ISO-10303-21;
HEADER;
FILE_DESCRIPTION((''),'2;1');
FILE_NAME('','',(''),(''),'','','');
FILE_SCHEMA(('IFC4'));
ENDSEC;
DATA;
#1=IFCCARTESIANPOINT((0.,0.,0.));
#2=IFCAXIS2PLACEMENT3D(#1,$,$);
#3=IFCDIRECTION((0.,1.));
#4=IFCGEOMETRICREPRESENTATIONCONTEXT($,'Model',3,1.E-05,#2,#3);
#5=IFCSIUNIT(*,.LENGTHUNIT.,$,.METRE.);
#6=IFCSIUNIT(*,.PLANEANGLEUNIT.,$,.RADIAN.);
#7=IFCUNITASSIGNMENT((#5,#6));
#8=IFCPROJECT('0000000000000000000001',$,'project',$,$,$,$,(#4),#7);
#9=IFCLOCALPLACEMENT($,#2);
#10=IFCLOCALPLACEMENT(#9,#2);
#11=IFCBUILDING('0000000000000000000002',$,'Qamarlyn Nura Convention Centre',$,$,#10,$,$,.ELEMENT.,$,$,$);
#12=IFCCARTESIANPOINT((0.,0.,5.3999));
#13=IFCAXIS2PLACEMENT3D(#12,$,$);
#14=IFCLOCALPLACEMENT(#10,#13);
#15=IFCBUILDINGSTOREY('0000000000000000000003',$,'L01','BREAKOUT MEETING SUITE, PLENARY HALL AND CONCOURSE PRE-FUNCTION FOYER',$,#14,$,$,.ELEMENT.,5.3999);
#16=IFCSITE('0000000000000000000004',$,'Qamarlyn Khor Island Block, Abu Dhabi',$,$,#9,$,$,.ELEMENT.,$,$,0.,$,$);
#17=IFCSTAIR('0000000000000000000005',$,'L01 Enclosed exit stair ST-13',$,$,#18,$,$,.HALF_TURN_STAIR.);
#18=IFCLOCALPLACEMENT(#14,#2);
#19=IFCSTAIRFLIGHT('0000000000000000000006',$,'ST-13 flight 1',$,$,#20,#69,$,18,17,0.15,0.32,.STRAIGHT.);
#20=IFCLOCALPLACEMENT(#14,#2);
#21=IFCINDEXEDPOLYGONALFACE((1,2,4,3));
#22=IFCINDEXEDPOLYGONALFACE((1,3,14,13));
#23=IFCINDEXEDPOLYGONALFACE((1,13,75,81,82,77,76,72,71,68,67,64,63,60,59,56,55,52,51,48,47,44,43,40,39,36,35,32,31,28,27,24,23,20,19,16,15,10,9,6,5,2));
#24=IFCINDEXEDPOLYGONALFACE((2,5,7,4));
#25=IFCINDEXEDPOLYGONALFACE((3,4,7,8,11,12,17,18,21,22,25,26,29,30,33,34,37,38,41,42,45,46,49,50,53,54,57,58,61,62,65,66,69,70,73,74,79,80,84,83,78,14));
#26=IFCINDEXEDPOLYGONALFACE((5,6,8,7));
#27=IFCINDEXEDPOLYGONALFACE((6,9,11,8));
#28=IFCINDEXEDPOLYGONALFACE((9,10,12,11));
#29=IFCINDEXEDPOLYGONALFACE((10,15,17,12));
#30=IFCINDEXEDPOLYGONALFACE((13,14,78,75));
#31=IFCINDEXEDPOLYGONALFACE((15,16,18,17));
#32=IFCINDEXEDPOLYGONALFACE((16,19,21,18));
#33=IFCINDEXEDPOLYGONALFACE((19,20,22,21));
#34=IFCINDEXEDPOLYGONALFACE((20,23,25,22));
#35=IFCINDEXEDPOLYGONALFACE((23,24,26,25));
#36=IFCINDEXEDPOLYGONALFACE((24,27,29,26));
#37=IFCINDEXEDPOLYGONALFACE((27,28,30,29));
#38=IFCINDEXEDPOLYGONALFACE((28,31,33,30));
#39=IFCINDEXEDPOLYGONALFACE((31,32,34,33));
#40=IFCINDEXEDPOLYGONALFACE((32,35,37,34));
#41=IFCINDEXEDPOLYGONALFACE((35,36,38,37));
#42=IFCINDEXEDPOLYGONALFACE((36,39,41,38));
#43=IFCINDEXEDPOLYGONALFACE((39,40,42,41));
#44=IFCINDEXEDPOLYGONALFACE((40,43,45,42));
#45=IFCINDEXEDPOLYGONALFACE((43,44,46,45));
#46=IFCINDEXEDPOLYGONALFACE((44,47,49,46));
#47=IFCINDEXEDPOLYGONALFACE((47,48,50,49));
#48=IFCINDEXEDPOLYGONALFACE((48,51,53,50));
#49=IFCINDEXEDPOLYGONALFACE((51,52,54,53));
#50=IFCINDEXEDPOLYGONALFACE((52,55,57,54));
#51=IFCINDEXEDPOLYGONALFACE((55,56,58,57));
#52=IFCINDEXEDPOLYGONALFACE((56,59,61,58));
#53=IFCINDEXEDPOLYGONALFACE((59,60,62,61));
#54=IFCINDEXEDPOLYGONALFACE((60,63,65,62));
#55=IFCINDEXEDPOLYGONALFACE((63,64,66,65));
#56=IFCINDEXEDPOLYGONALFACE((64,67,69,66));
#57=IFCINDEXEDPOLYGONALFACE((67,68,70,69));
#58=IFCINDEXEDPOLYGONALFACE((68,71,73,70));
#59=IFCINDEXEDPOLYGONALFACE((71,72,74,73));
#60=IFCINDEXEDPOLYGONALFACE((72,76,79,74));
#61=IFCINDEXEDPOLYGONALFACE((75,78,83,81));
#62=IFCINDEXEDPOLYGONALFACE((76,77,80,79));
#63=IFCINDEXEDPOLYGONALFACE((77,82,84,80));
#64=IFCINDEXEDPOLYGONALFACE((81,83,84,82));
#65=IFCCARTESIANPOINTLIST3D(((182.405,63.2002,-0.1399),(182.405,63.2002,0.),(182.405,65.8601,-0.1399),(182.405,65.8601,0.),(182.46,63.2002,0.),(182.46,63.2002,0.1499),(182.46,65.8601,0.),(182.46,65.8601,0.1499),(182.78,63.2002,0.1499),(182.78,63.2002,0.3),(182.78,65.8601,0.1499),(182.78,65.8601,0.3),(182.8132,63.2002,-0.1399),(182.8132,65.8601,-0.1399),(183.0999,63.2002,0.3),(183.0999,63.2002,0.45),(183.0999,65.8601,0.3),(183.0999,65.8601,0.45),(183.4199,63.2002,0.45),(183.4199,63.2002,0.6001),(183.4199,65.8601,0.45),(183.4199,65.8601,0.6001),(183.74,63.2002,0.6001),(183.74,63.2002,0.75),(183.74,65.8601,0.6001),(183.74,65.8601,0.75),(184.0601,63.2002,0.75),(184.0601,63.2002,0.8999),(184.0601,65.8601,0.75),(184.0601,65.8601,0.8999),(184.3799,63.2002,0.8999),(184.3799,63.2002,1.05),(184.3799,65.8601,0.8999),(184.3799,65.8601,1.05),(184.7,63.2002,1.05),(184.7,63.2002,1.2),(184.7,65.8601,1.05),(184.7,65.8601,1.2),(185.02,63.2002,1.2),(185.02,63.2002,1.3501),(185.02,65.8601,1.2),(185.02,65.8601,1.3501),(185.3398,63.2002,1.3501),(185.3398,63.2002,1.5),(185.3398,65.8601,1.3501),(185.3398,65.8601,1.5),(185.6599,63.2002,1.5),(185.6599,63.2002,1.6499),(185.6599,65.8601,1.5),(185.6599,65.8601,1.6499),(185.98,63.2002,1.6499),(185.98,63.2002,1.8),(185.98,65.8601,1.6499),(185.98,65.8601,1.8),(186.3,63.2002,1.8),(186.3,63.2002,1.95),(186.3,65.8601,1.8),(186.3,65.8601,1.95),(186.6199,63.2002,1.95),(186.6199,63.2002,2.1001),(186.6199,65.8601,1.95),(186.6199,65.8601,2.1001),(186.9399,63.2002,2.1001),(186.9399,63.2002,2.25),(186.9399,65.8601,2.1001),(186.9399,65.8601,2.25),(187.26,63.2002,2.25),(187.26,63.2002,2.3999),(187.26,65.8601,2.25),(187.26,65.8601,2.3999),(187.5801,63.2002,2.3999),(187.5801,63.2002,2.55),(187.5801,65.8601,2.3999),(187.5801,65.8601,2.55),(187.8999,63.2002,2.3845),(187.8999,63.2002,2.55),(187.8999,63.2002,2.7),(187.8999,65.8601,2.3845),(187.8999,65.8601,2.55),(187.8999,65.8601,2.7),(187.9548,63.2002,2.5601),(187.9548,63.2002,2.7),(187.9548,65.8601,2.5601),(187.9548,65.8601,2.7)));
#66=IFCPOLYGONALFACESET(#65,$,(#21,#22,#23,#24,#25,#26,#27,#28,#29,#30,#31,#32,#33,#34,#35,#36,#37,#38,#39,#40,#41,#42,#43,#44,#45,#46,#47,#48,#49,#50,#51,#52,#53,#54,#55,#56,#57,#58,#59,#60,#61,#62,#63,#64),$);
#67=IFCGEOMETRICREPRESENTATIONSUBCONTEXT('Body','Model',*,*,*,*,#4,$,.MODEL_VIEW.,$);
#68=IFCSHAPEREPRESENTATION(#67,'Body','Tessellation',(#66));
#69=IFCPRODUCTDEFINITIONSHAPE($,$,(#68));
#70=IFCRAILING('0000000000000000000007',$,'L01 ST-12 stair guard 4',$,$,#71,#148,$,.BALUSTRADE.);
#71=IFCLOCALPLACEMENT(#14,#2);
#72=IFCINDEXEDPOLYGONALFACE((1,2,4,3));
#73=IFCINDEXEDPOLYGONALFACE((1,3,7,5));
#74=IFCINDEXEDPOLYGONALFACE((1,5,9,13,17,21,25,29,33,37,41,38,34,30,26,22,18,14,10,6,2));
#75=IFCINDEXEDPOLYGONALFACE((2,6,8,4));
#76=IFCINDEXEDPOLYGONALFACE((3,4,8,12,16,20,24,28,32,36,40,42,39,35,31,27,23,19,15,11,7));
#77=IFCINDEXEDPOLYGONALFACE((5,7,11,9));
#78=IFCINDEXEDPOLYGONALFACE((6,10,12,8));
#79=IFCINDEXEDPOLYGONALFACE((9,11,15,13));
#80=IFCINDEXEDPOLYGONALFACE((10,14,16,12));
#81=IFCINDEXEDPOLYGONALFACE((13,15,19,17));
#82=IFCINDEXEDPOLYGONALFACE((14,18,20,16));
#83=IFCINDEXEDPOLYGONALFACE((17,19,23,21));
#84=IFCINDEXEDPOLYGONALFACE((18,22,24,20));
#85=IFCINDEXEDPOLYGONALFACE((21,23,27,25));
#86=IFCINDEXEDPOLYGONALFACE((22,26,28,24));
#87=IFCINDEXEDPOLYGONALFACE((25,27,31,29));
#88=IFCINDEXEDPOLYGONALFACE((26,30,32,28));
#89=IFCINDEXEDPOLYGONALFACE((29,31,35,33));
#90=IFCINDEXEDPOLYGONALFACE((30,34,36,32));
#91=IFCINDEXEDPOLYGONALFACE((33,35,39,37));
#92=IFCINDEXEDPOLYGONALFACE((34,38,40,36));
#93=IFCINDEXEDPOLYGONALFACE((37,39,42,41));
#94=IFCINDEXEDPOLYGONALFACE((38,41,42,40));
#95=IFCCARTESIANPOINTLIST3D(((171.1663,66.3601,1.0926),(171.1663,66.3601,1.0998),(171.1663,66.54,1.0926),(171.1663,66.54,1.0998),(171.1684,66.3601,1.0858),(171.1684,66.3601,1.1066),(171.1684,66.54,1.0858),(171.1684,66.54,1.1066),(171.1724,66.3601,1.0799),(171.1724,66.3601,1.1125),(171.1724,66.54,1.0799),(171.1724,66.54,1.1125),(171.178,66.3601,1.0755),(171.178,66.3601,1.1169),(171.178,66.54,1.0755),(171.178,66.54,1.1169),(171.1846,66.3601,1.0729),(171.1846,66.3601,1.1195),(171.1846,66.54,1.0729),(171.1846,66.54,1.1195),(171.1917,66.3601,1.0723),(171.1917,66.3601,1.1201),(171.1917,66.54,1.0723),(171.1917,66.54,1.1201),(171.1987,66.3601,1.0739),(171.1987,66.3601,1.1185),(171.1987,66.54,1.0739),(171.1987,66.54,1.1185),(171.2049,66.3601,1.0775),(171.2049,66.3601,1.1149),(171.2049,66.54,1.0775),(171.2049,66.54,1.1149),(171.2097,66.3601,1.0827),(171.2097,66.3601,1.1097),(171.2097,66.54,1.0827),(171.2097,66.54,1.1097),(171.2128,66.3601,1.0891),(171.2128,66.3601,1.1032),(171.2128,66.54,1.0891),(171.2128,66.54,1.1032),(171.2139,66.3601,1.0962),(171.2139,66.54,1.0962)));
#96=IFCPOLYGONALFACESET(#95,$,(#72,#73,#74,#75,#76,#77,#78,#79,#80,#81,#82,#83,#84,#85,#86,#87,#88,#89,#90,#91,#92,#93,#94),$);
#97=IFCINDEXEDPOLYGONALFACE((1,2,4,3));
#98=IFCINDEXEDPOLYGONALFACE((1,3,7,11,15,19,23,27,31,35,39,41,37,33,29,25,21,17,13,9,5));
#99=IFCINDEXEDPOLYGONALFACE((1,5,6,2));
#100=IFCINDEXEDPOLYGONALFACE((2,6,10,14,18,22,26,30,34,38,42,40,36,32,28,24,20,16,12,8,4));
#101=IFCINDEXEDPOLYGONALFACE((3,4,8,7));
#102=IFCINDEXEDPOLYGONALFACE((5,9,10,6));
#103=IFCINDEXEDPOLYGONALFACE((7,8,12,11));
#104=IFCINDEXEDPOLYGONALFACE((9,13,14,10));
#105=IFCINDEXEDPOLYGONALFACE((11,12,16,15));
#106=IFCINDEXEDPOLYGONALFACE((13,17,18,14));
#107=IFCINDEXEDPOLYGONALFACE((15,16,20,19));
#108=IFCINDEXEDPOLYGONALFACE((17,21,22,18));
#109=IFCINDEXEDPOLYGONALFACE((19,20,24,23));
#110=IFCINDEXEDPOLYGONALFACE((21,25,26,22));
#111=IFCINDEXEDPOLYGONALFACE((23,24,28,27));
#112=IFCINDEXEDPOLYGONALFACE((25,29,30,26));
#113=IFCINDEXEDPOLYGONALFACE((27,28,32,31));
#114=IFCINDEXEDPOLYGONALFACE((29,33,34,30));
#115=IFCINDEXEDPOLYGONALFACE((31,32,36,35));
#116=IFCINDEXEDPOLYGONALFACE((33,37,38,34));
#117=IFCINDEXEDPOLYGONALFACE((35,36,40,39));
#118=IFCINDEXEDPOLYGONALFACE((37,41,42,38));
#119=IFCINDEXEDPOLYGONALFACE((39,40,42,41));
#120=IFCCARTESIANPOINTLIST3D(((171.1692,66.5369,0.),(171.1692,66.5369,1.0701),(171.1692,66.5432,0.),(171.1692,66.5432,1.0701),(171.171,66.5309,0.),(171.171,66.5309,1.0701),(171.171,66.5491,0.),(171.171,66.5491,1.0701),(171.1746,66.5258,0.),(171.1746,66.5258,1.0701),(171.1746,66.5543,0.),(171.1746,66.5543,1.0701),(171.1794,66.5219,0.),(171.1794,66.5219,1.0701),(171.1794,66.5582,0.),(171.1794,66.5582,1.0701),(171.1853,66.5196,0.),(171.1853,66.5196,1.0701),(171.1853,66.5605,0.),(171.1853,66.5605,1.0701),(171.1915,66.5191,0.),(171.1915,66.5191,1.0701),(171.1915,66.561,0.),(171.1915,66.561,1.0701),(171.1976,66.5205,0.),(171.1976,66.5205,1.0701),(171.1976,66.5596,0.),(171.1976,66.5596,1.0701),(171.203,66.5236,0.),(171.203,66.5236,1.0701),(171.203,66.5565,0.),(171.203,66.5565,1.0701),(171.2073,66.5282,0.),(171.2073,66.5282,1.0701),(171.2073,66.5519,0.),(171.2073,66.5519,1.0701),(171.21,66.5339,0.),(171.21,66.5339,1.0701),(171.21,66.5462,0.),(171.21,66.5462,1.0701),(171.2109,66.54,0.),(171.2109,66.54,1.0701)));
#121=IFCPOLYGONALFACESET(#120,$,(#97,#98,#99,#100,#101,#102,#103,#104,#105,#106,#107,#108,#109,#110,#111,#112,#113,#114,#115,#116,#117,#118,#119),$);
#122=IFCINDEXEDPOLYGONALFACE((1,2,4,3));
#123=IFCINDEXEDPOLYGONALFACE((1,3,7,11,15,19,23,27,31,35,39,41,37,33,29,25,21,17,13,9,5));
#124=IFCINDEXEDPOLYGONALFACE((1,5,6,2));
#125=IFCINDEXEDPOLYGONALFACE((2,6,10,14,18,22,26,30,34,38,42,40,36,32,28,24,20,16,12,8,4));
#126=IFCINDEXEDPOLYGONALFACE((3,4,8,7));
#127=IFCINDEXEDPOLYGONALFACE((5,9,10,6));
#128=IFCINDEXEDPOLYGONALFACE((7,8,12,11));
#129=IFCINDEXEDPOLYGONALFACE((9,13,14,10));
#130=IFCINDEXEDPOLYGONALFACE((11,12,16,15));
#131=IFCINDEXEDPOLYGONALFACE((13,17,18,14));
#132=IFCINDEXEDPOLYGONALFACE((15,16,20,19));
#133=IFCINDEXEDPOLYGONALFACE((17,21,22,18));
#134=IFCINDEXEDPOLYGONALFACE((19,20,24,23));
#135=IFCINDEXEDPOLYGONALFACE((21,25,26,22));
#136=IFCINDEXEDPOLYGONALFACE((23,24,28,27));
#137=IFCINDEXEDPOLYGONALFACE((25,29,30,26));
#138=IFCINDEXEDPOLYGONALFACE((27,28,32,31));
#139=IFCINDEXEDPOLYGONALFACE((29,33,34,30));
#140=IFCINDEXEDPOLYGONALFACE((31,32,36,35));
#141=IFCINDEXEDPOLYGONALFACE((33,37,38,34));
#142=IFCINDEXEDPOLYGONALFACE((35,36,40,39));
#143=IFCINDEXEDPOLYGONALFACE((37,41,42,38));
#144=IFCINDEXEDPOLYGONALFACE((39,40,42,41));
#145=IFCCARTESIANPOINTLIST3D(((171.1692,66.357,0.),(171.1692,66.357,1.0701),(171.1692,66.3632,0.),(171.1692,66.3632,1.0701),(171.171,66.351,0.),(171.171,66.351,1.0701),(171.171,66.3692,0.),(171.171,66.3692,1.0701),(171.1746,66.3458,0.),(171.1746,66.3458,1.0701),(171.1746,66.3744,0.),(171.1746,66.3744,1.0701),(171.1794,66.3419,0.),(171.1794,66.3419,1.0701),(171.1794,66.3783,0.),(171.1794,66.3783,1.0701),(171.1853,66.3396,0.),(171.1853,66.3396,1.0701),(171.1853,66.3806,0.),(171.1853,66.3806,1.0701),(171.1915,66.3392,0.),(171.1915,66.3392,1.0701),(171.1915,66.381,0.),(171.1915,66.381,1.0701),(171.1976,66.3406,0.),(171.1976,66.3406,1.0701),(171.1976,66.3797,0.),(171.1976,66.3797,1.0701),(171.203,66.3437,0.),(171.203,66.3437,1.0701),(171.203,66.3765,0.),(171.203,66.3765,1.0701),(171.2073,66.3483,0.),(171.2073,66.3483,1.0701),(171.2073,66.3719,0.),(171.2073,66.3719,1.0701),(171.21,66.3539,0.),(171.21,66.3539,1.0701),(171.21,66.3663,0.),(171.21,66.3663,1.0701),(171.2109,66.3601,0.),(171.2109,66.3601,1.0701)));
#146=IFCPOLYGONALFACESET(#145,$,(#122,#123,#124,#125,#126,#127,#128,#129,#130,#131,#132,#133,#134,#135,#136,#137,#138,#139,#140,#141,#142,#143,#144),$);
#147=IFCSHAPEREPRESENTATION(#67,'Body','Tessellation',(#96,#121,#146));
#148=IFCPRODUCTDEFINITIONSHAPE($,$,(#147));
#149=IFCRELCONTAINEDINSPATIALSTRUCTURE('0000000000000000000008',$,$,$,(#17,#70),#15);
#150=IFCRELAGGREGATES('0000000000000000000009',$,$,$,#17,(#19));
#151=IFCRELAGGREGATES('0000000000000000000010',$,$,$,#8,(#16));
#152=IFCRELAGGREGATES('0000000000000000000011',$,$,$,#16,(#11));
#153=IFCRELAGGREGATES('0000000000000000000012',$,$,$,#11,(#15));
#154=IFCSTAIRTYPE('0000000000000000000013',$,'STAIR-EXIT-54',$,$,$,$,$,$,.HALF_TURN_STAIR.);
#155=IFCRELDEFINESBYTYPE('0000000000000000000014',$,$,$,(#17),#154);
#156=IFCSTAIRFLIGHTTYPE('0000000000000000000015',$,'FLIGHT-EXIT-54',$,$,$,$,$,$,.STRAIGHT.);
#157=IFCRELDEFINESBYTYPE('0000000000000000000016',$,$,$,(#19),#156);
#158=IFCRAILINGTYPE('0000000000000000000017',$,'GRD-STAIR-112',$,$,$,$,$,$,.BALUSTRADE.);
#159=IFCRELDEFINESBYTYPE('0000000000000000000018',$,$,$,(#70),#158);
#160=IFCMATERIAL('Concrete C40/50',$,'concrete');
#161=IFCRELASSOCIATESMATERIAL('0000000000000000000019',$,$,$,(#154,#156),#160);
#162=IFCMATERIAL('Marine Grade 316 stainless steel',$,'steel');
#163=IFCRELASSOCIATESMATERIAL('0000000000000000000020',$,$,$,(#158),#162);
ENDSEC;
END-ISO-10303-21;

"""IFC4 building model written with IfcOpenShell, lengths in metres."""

from ifc_helpers import new_model, si_unit, direction, frame, origin, origin_2d, place, context, subcontext, project, spatial, polyline, circle, outline, extrude, material, type_object, element, aggregate, save


model = new_model("IFC4")

# Units and contexts
model_context = context("Model", 3, precision=1e-05, world=origin(), true_north=direction((0.0, 1.0)))
body_context = subcontext(model_context, "Body", "Model", "MODEL_VIEW")
ifc_project = project(units=[si_unit("LENGTHUNIT", "METRE"), si_unit("PLANEANGLEUNIT", "RADIAN")], contexts=[model_context])

# Site, building, storey
site_placement = place(None, origin())
site = spatial("IfcSite", under=ifc_project, at=site_placement, Name="Qamarlyn Khor Island Block, Abu Dhabi", CompositionType="ELEMENT", RefElevation=0.0)
building_placement = place(site_placement, origin())
building = spatial("IfcBuilding", under=site, at=building_placement, Name="Qamarlyn Nura Convention Centre", CompositionType="ELEMENT")
storey_placement = place(building_placement, frame((0.0, 0.0, 5.3999)))
storey = spatial("IfcBuildingStorey", under=building, at=storey_placement, Name="L01", Description="BREAKOUT MEETING SUITE, PLENARY HALL AND CONCOURSE PRE-FUNCTION FOYER", CompositionType="ELEMENT", Elevation=5.3999)

# Shared definitions
ifc_material_1 = material(Name="Marine Grade 316 stainless steel", Category="steel")

# Stair, stair flight
ifc_material_2 = material(Name="Concrete C40/50", Category="concrete")
stair_type = type_object("IfcStairType", Name="STAIR-EXIT-54", PredefinedType="HALF_TURN_STAIR", material=ifc_material_2)
stair_placement = place(storey_placement, origin())
stair = element("IfcStair", 1, at=stair_placement, inside=storey, type_object=stair_type, Name="L01 Enclosed exit stair ST-13", PredefinedType="HALF_TURN_STAIR")
stair_flight_type = type_object("IfcStairFlightType", Name="FLIGHT-EXIT-54", PredefinedType="STRAIGHT", material=ifc_material_2)
stair_flight_placement = place(storey_placement, frame((182.46, 64.53, 0.0), z_axis=(0.0, 0.0, 1.0), x_axis=(1.0, 0.0, 0.0)))
stair_flight = element("IfcStairFlight", 2, at=stair_flight_placement, type_object=stair_flight_type, Name="ST-13 flight 1", NumberOfRisers=18, NumberOfTreads=17, PredefinedType="STRAIGHT", RiserHeight=0.15, TreadLength=0.32, context=body_context, shape_type="SweptSolid", body=[
    extrude(outline(polyline([(-0.0549, 0.0), (0.0, 0.0), (0.0, 0.1499), (0.3201, 0.1499), (0.3201, 0.3), (0.6399, 0.3), (0.6399, 0.45), (0.96, 0.45), (0.96, 0.6001), (1.28, 0.6001), (1.28, 0.75), (1.6001, 0.75), (1.6001, 0.8999), (1.9199, 0.8999), (1.9199, 1.05), (2.24, 1.05), (2.24, 1.2), (2.5601, 1.2), (2.5601, 1.3501), (2.8799, 1.3501), (2.8799, 1.5), (3.2, 1.5), (3.2, 1.6499), (3.52, 1.6499), (3.52, 1.8), (3.8401, 1.8), (3.8401, 1.95), (4.1599, 1.95), (4.1599, 2.1001), (4.48, 2.1001), (4.48, 2.25), (4.8, 2.25), (4.8, 2.3999), (5.1201, 2.3999), (5.1201, 2.55), (5.4399, 2.55), (5.4399, 2.7), (5.4949, 2.7), (5.4949, 2.5601), (5.4399, 2.3845), (0.3533, -0.1399), (-0.0549, -0.1399), (-0.0549, 0.0)])), frame((0.0, 1.3301, 0.0), z_axis=(0.0, -1.0, 0.0), x_axis=(1.0, 0.0, 0.0)), (0.0, 0.0, 1.0), 2.6599),
])
aggregate(stair, [stair_flight])

# Railing
railing_type_1 = type_object("IfcRailingType", Name="GRD-STAIR-112", PredefinedType="BALUSTRADE", material=ifc_material_1)
railing_1_placement = place(storey_placement, frame((171.1899, 66.54, 0.0)))
element("IfcRailing", 3, at=railing_1_placement, inside=storey, type_object=railing_type_1, Name="L01 ST-12 stair guard 4", PredefinedType="BALUSTRADE", context=body_context, shape_type="SweptSolid", body=[
    extrude(circle(Radius=0.0239, at=origin_2d()), frame((0.0, 0.0, 1.0962), z_axis=(0.0, -1.0, 0.0), x_axis=(1.0, 0.0, 0.0)), (0.0, 0.0, 1.0), 0.1799),
    extrude(circle(Radius=0.021, at=origin_2d()), origin(), (0.0, 0.0, 1.0), 1.0701),
    extrude(circle(Radius=0.021, at=origin_2d()), frame((0.0, -0.1799, 0.0)), (0.0, 0.0, 1.0), 1.0701),
])

save(model, "model.ifc")
